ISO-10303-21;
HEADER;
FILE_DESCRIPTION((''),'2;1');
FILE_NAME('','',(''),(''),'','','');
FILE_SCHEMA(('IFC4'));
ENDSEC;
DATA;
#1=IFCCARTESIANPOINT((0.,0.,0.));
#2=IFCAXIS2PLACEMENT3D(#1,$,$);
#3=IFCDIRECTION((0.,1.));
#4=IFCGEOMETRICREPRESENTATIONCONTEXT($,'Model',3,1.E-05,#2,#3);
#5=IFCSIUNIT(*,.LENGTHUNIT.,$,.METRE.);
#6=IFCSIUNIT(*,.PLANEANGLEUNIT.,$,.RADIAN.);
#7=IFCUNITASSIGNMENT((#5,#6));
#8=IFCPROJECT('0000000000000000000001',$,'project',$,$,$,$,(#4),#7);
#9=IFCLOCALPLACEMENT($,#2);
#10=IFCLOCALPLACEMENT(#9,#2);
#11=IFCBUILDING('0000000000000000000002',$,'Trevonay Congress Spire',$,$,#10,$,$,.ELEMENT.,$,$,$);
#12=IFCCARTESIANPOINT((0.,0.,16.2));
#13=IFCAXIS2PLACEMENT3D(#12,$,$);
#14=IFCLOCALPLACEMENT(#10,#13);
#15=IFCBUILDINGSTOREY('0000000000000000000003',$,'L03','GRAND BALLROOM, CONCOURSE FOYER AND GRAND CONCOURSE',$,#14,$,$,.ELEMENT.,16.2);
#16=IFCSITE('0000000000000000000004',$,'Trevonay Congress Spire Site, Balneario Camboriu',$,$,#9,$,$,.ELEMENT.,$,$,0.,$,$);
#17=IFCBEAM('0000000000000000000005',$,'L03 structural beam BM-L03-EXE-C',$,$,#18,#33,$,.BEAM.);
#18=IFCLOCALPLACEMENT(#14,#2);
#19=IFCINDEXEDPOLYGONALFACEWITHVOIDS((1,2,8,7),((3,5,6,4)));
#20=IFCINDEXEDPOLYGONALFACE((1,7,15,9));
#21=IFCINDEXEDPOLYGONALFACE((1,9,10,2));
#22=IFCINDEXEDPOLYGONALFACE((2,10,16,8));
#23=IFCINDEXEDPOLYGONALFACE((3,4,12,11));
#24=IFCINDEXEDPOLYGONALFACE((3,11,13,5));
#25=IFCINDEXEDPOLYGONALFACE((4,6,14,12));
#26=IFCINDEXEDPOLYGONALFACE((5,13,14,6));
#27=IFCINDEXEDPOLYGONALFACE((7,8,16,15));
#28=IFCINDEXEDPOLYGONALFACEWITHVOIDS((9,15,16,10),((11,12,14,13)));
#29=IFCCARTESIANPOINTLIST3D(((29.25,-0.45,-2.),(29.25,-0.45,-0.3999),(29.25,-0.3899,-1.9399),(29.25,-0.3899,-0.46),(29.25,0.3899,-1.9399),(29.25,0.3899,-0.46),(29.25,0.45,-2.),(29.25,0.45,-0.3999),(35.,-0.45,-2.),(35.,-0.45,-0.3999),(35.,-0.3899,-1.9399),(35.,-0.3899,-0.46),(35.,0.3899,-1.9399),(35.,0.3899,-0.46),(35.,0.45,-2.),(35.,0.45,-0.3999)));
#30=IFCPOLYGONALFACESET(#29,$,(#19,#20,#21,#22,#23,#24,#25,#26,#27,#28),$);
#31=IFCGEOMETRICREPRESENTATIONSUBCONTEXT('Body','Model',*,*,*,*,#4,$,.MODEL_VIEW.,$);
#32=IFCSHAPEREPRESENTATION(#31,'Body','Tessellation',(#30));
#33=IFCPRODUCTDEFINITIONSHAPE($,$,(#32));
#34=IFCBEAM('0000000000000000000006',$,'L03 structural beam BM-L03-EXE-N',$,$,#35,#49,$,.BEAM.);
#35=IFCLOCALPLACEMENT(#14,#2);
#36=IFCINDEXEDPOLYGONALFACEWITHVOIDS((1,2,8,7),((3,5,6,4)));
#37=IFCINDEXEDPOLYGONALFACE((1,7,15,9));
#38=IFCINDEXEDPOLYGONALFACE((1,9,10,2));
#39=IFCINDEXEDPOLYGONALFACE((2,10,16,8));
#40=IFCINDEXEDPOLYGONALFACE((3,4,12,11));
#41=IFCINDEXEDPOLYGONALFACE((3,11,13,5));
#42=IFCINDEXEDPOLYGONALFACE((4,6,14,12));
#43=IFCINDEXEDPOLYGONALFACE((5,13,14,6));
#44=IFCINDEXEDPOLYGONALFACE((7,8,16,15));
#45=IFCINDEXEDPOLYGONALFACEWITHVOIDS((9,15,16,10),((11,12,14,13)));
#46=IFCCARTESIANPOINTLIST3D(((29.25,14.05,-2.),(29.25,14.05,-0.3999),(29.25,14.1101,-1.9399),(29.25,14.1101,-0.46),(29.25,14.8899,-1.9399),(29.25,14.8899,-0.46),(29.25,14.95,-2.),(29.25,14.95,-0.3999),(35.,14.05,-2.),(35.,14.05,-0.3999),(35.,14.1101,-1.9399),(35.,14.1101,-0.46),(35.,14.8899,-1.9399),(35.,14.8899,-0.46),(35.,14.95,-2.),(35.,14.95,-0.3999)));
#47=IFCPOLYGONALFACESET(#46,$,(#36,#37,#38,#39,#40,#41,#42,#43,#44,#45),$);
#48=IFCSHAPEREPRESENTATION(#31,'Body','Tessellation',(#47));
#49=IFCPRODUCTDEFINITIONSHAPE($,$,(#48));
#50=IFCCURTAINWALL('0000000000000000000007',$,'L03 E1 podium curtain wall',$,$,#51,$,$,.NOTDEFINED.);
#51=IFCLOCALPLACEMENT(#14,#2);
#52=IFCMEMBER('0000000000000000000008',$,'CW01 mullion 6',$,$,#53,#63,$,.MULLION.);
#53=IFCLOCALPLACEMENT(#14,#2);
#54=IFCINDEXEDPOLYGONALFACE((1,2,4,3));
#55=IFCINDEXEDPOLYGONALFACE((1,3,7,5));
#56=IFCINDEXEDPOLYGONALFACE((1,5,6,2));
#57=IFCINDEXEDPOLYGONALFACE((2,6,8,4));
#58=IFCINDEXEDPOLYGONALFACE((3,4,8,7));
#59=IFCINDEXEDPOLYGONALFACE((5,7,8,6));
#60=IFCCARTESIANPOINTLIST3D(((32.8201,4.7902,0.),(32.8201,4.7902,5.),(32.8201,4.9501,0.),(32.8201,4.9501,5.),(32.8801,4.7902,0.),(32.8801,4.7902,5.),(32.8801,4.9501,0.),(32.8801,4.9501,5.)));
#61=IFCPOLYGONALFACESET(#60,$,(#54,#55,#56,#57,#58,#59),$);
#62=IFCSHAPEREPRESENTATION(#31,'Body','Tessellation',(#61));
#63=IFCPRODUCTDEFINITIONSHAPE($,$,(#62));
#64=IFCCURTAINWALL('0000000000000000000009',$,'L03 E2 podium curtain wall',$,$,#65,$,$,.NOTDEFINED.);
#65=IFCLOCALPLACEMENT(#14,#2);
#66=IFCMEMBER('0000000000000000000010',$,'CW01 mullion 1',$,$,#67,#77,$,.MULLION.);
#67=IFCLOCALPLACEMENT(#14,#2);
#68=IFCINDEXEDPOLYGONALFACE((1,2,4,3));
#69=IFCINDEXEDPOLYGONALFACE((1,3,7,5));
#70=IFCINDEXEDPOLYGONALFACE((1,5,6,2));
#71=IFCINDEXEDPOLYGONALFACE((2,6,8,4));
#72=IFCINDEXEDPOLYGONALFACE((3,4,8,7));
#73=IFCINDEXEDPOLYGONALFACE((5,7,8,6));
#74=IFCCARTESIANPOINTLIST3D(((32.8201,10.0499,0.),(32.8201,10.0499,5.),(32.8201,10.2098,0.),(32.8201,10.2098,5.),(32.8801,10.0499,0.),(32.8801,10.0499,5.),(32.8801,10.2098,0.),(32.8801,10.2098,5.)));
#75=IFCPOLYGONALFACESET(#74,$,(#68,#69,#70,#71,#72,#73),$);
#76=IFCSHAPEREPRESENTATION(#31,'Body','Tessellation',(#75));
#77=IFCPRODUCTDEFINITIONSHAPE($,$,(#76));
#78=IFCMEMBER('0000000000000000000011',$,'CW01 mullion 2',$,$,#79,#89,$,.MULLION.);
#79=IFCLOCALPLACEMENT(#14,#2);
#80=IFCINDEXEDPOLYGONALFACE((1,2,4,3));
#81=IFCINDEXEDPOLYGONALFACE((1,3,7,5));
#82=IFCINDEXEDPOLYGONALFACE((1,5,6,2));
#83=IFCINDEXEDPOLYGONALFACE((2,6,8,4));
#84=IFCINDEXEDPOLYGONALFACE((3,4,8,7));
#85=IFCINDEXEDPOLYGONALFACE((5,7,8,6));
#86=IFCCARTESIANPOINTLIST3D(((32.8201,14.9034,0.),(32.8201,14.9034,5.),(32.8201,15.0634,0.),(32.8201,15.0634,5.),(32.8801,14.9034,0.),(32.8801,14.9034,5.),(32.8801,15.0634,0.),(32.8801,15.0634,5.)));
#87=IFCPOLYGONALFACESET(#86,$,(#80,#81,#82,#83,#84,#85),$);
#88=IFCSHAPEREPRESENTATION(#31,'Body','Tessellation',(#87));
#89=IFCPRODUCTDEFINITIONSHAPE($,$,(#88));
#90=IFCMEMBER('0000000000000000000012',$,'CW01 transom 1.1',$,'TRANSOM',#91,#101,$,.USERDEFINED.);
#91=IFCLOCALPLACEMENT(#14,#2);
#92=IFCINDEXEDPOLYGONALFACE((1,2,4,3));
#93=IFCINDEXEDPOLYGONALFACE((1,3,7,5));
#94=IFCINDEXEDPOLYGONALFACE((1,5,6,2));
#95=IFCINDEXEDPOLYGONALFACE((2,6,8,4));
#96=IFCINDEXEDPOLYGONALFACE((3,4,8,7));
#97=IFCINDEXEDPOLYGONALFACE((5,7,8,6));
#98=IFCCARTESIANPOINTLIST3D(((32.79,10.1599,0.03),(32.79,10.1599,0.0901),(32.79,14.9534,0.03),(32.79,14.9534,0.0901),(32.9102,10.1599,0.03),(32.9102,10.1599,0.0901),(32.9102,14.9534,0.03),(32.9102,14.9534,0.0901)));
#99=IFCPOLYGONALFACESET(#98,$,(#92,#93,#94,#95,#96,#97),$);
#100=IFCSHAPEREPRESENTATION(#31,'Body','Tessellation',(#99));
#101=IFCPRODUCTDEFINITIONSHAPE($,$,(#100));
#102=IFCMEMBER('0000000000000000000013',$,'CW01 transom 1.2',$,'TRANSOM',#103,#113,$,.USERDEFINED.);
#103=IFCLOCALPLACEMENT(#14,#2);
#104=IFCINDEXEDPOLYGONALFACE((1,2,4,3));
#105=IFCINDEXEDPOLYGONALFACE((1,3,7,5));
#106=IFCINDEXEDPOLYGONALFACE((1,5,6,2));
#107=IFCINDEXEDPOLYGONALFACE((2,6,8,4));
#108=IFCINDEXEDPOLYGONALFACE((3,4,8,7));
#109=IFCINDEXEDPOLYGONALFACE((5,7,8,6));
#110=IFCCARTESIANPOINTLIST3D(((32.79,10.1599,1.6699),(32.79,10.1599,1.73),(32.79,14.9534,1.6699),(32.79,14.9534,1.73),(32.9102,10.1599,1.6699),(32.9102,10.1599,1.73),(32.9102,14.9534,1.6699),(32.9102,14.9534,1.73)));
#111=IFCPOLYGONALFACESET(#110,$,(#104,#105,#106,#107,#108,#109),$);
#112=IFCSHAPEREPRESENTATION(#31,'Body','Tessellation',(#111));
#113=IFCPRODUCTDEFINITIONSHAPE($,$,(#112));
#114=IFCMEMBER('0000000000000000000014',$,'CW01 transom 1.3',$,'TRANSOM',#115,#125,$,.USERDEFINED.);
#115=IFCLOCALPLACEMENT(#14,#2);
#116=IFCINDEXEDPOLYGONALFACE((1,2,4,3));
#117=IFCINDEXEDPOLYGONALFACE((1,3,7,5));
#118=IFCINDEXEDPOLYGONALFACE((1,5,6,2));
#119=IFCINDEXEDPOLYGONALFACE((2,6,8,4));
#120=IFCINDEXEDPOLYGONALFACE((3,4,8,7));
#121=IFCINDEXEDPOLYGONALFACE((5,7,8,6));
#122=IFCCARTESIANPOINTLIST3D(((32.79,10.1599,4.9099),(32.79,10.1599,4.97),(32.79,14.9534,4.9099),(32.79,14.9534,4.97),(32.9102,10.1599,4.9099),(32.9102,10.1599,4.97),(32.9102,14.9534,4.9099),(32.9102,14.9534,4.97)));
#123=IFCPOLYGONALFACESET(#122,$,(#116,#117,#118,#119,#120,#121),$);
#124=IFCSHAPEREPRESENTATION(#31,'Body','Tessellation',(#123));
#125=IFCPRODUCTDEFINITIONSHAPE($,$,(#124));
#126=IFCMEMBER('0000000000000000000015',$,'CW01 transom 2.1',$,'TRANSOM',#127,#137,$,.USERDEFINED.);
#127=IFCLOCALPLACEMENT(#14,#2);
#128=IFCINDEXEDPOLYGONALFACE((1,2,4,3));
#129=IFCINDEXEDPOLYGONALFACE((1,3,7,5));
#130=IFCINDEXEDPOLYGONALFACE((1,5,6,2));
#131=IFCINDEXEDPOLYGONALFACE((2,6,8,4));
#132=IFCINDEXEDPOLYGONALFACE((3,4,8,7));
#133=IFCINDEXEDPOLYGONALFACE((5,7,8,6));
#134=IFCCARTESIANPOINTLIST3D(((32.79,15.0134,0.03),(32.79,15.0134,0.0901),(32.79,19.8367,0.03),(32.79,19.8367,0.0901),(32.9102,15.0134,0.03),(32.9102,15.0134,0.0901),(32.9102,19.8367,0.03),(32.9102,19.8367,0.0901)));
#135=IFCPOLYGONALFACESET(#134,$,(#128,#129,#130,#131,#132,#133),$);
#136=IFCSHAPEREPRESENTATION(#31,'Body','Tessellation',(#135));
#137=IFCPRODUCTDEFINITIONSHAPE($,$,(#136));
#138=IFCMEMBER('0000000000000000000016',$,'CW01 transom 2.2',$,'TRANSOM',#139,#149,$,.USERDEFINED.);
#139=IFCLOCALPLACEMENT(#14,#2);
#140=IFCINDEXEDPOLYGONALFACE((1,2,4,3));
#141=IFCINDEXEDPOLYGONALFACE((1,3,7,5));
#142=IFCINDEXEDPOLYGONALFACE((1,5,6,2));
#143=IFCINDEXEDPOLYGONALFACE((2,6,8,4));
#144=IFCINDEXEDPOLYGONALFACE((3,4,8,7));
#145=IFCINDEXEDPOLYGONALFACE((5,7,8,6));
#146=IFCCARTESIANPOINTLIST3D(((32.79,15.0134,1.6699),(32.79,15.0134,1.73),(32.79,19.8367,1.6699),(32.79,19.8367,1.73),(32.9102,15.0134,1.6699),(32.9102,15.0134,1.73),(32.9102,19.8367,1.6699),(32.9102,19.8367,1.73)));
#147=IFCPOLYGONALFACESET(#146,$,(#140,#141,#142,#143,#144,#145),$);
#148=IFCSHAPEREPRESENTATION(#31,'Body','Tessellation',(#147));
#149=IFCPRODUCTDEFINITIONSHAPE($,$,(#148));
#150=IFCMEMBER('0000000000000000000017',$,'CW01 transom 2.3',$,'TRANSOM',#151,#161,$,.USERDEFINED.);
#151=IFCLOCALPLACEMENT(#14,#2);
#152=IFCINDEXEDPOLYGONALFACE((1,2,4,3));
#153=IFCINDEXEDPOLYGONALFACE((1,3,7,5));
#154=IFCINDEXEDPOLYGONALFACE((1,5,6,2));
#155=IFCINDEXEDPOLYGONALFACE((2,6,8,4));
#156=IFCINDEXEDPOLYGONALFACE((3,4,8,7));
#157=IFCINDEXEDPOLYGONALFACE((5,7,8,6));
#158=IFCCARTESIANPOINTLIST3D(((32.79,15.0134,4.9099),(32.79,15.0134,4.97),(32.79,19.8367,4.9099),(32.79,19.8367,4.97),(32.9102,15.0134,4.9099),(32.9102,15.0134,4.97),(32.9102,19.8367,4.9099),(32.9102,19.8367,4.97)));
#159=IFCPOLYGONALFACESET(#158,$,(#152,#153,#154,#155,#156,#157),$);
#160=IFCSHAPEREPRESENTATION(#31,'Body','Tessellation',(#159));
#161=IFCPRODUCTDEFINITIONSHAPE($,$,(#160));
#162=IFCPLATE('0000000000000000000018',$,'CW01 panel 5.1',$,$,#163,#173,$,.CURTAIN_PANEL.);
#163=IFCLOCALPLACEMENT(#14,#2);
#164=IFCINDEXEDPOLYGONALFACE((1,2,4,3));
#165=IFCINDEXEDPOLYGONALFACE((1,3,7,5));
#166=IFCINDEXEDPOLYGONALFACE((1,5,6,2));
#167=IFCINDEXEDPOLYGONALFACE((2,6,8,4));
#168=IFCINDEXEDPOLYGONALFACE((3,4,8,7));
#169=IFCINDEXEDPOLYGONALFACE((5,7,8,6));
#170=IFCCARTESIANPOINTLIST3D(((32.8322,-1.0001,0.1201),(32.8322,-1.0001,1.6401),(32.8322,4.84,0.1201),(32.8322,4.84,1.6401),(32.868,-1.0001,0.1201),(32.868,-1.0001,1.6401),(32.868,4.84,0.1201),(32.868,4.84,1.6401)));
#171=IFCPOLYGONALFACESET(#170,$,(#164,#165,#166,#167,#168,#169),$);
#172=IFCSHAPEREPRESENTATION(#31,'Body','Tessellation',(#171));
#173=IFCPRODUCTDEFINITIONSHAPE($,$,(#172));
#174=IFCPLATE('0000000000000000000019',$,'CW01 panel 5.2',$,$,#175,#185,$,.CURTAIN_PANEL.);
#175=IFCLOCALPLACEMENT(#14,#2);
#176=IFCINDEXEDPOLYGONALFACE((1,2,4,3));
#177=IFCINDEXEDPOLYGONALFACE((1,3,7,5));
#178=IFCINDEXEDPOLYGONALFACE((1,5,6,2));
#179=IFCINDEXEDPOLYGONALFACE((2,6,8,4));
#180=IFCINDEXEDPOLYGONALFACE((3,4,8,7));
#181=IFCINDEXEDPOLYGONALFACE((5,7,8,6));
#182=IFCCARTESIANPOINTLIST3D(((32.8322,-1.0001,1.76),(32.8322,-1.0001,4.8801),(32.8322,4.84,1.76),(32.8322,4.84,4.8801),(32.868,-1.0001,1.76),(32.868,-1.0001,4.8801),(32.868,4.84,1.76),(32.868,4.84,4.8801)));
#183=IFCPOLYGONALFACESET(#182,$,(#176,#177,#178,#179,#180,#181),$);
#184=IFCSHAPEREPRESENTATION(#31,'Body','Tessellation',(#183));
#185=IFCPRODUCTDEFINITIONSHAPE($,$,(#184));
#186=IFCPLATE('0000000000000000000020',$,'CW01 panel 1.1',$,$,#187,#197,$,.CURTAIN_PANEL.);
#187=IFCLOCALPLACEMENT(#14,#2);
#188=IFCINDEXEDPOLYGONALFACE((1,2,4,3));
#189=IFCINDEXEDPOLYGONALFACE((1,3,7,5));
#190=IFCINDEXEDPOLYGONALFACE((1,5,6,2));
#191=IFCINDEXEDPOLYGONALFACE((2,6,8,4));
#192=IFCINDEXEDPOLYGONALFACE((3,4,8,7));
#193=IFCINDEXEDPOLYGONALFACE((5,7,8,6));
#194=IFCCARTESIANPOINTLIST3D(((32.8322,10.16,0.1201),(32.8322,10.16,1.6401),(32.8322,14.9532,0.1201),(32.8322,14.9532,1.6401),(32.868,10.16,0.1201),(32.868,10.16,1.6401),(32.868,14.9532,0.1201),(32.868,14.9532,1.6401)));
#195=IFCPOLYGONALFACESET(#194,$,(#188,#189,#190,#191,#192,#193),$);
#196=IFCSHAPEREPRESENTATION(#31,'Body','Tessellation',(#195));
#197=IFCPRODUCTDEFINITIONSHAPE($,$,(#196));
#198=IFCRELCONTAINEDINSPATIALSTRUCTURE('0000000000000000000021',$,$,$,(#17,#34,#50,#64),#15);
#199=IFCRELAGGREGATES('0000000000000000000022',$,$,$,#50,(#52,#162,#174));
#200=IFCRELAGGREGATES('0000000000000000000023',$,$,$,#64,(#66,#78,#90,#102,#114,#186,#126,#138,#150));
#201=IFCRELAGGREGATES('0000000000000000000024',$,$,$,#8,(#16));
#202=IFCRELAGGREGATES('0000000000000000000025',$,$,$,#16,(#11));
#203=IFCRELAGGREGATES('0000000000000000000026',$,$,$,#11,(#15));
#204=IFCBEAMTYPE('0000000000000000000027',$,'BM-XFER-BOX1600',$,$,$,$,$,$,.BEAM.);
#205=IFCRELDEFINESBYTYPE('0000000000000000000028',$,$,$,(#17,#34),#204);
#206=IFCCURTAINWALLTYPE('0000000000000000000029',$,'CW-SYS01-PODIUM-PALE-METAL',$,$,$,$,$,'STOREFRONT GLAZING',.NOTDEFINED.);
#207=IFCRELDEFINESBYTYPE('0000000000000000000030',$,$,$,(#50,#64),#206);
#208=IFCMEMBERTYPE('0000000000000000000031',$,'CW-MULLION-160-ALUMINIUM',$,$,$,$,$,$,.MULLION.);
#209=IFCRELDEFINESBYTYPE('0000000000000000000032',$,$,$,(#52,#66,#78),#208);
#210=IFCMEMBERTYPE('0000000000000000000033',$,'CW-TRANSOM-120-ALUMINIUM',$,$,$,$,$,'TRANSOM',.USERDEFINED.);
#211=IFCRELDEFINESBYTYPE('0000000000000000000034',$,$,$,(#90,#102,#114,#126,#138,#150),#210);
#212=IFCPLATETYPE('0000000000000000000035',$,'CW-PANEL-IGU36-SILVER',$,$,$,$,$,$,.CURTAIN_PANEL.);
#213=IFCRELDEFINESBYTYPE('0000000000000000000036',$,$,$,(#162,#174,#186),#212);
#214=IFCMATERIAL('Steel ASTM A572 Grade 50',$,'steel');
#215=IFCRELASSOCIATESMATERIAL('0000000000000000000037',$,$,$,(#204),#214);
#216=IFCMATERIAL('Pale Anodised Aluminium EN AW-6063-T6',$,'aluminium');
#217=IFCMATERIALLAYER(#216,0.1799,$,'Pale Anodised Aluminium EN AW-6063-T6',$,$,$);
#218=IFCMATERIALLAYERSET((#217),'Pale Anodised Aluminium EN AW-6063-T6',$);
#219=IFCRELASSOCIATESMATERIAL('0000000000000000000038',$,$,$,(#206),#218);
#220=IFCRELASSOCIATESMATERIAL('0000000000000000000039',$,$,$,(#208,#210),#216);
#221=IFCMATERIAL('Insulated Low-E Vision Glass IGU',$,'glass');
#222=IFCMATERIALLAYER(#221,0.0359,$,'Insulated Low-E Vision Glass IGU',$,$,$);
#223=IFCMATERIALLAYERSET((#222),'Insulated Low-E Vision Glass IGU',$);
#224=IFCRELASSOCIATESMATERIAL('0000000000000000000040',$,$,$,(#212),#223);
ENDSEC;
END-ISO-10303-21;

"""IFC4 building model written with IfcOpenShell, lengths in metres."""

from ifc_helpers import new_model, si_unit, direction, frame, origin, origin_2d, place, context, subcontext, project, spatial, rectangle, hollow_rectangle, extrude, material, layer, layer_set, material_profile, profile_set, type_object, element, aggregate, save


model = new_model("IFC4")

# Units and contexts
model_context = context("Model", 3, precision=1e-05, world=origin(), true_north=direction((0.0, 1.0)))
body_context = subcontext(model_context, "Body", "Model", "MODEL_VIEW")
ifc_project = project(units=[si_unit("LENGTHUNIT", "METRE"), si_unit("PLANEANGLEUNIT", "RADIAN")], contexts=[model_context])

# Site, building, storey
site_placement = place(None, origin())
site = spatial("IfcSite", under=ifc_project, at=site_placement, Name="Trevonay Congress Spire Site, Balneario Camboriu", CompositionType="ELEMENT", RefElevation=0.0)
building_placement = place(site_placement, origin())
building = spatial("IfcBuilding", under=site, at=building_placement, Name="Trevonay Congress Spire", CompositionType="ELEMENT")
storey_placement = place(building_placement, frame((0.0, 0.0, 16.2)))
storey = spatial("IfcBuildingStorey", under=building, at=storey_placement, Name="L03", Description="GRAND BALLROOM, CONCOURSE FOYER AND GRAND CONCOURSE", CompositionType="ELEMENT", Elevation=16.2)

# Shared definitions
ifc_material_1 = material(Name="Steel ASTM A572 Grade 50", Category="steel")

# Beams
ifc_material_profile_1 = material_profile(ifc_material_1, hollow_rectangle(XDim=0.8999, YDim=1.6001, WallThickness=0.0601, at=origin_2d()), Name="BOX 1600x900x60")
ifc_profile_set_1 = profile_set([ifc_material_profile_1], Name="Steel ASTM A572 Grade 50")
beam_type_1 = type_object("IfcBeamType", Name="BM-XFER-BOX1600", PredefinedType="BEAM", material=ifc_profile_set_1)
for number, where, z_axis, x_axis, name in (
    (1, (29.25, 0.0, -1.2), (1.0, 0.0, 0.0), (0.0, 1.0, 0.0), "L03 structural beam BM-L03-EXE-C"),
    (2, (29.25, 14.5, -1.2), (1.0, 0.0, 0.0), (0.0, 1.0, 0.0), "L03 structural beam BM-L03-EXE-N"),
):
    element("IfcBeam", number, at=place(storey_placement, frame(where, z_axis=z_axis, x_axis=x_axis)), inside=storey, type_object=beam_type_1, Name=name, PredefinedType="BEAM", context=body_context, shape_type="SweptSolid", body=[
        extrude(hollow_rectangle(XDim=0.8999, YDim=1.6001, WallThickness=0.0601, at=origin_2d()), origin(), (0.0, 0.0, 1.0), 5.75),
    ])

# Curtain wall, member
ifc_material_2 = material(Name="Pale Anodised Aluminium EN AW-6063-T6", Category="aluminium")
ifc_layer_1 = layer(ifc_material_2, 0.1799, Name="Pale Anodised Aluminium EN AW-6063-T6")
ifc_layer_set_1 = layer_set([ifc_layer_1], Name="Pale Anodised Aluminium EN AW-6063-T6")
curtain_wall_type = type_object("IfcCurtainWallType", Name="CW-SYS01-PODIUM-PALE-METAL", ElementType="STOREFRONT GLAZING", PredefinedType="NOTDEFINED", material=ifc_layer_set_1)
curtain_wall_1_placement = place(storey_placement, origin())
curtain_wall_1 = element("IfcCurtainWall", 3, at=curtain_wall_1_placement, inside=storey, type_object=curtain_wall_type, Name="L03 E1 podium curtain wall", PredefinedType="NOTDEFINED")
ifc_material_profile_2 = material_profile(ifc_material_2, rectangle(XDim=0.0601, YDim=0.1599, at=origin_2d()), Name="CW-MULLION-160-ALUMINIUM")
ifc_profile_set_2 = profile_set([ifc_material_profile_2], Name="Pale Anodised Aluminium EN AW-6063-T6")
member_type_1 = type_object("IfcMemberType", Name="CW-MULLION-160-ALUMINIUM", PredefinedType="MULLION", material=ifc_profile_set_2)
member_1_placement = place(storey_placement, frame((32.8501, 4.8701, 0.0), z_axis=(0.0, 0.0, 1.0), x_axis=(-1.0, 0.0, 0.0)))
member_1 = element("IfcMember", 4, at=member_1_placement, type_object=member_type_1, Name="CW01 mullion 6", PredefinedType="MULLION", context=body_context, shape_type="SweptSolid", body=[
    extrude(rectangle(XDim=0.0601, YDim=0.1599, at=origin_2d()), origin(), (0.0, 0.0, 1.0), 5.0),
])

# Curtain wall, members
curtain_wall_2_placement = place(storey_placement, origin())
curtain_wall_2 = element("IfcCurtainWall", 5, at=curtain_wall_2_placement, inside=storey, type_object=curtain_wall_type, Name="L03 E2 podium curtain wall", PredefinedType="NOTDEFINED")
member_2_placement = place(storey_placement, frame((32.8501, 10.1299, 0.0), z_axis=(0.0, 0.0, 1.0), x_axis=(-1.0, 0.0, 0.0)))
member_2 = element("IfcMember", 6, at=member_2_placement, type_object=member_type_1, Name="CW01 mullion 1", PredefinedType="MULLION", context=body_context, shape_type="SweptSolid", body=[
    extrude(rectangle(XDim=0.0601, YDim=0.1599, at=origin_2d()), origin(), (0.0, 0.0, 1.0), 5.0),
])
member_3_placement = place(storey_placement, frame((32.8501, 14.9834, 0.0), z_axis=(0.0, 0.0, 1.0), x_axis=(-1.0, 0.0, 0.0)))
member_3 = element("IfcMember", 7, at=member_3_placement, type_object=member_type_1, Name="CW01 mullion 2", PredefinedType="MULLION", context=body_context, shape_type="SweptSolid", body=[
    extrude(rectangle(XDim=0.0601, YDim=0.1599, at=origin_2d()), origin(), (0.0, 0.0, 1.0), 5.0),
])
ifc_material_profile_3 = material_profile(ifc_material_2, rectangle(XDim=0.1201, YDim=0.0601, at=origin_2d()), Name="CW-TRANSOM-120-ALUMINIUM")
ifc_profile_set_3 = profile_set([ifc_material_profile_3], Name="Pale Anodised Aluminium EN AW-6063-T6")
member_type_2 = type_object("IfcMemberType", Name="CW-TRANSOM-120-ALUMINIUM", ElementType="TRANSOM", PredefinedType="USERDEFINED", material=ifc_profile_set_3)
member_4_placement = place(storey_placement, frame((32.8501, 10.1599, 0.0601), z_axis=(0.0, 1.0, 0.0), x_axis=(-1.0, 0.0, 0.0)))
member_4 = element("IfcMember", 8, at=member_4_placement, type_object=member_type_2, Name="CW01 transom 1.1", ObjectType="TRANSOM", PredefinedType="USERDEFINED", context=body_context, shape_type="SweptSolid", body=[
    extrude(rectangle(XDim=0.1201, YDim=0.0601, at=origin_2d()), origin(), (0.0, 0.0, 1.0), 4.7935),
])
member_5_placement = place(storey_placement, frame((32.8501, 10.1599, 1.7), z_axis=(0.0, 1.0, 0.0), x_axis=(-1.0, 0.0, 0.0)))
member_5 = element("IfcMember", 9, at=member_5_placement, type_object=member_type_2, Name="CW01 transom 1.2", ObjectType="TRANSOM", PredefinedType="USERDEFINED", context=body_context, shape_type="SweptSolid", body=[
    extrude(rectangle(XDim=0.1201, YDim=0.0601, at=origin_2d()), origin(), (0.0, 0.0, 1.0), 4.7935),
])
member_6_placement = place(storey_placement, frame((32.8501, 10.1599, 4.9399), z_axis=(0.0, 1.0, 0.0), x_axis=(-1.0, 0.0, 0.0)))
member_6 = element("IfcMember", 10, at=member_6_placement, type_object=member_type_2, Name="CW01 transom 1.3", ObjectType="TRANSOM", PredefinedType="USERDEFINED", context=body_context, shape_type="SweptSolid", body=[
    extrude(rectangle(XDim=0.1201, YDim=0.0601, at=origin_2d()), origin(), (0.0, 0.0, 1.0), 4.7935),
])
member_7_placement = place(storey_placement, frame((32.8501, 15.0134, 0.0601), z_axis=(0.0, 1.0, 0.0), x_axis=(-1.0, 0.0, 0.0)))
member_7 = element("IfcMember", 11, at=member_7_placement, type_object=member_type_2, Name="CW01 transom 2.1", ObjectType="TRANSOM", PredefinedType="USERDEFINED", context=body_context, shape_type="SweptSolid", body=[
    extrude(rectangle(XDim=0.1201, YDim=0.0601, at=origin_2d()), origin(), (0.0, 0.0, 1.0), 4.8232),
])
member_8_placement = place(storey_placement, frame((32.8501, 15.0134, 1.7), z_axis=(0.0, 1.0, 0.0), x_axis=(-1.0, 0.0, 0.0)))
member_8 = element("IfcMember", 12, at=member_8_placement, type_object=member_type_2, Name="CW01 transom 2.2", ObjectType="TRANSOM", PredefinedType="USERDEFINED", context=body_context, shape_type="SweptSolid", body=[
    extrude(rectangle(XDim=0.1201, YDim=0.0601, at=origin_2d()), origin(), (0.0, 0.0, 1.0), 4.8232),
])
member_9_placement = place(storey_placement, frame((32.8501, 15.0134, 4.9399), z_axis=(0.0, 1.0, 0.0), x_axis=(-1.0, 0.0, 0.0)))
member_9 = element("IfcMember", 13, at=member_9_placement, type_object=member_type_2, Name="CW01 transom 2.3", ObjectType="TRANSOM", PredefinedType="USERDEFINED", context=body_context, shape_type="SweptSolid", body=[
    extrude(rectangle(XDim=0.1201, YDim=0.0601, at=origin_2d()), origin(), (0.0, 0.0, 1.0), 4.8232),
])

# Plates
ifc_material_3 = material(Name="Insulated Low-E Vision Glass IGU", Category="glass")
ifc_layer_2 = layer(ifc_material_3, 0.0359, Name="Insulated Low-E Vision Glass IGU")
ifc_layer_set_2 = layer_set([ifc_layer_2], Name="Insulated Low-E Vision Glass IGU")
plate_type = type_object("IfcPlateType", Name="CW-PANEL-IGU36-SILVER", PredefinedType="CURTAIN_PANEL", material=ifc_layer_set_2)
plate_1_placement = place(storey_placement, frame((32.8501, 1.9199, 0.1201), z_axis=(0.0, 0.0, 1.0), x_axis=(0.0, 1.0, 0.0)))
plate_1 = element("IfcPlate", 14, at=plate_1_placement, type_object=plate_type, Name="CW01 panel 5.1", PredefinedType="CURTAIN_PANEL", context=body_context, shape_type="SweptSolid", body=[
    extrude(rectangle(XDim=5.8401, YDim=0.0359, at=origin_2d()), origin(), (0.0, 0.0, 1.0), 1.52),
])
plate_2_placement = place(storey_placement, frame((32.8501, 1.9199, 1.76), z_axis=(0.0, 0.0, 1.0), x_axis=(0.0, 1.0, 0.0)))
plate_2 = element("IfcPlate", 15, at=plate_2_placement, type_object=plate_type, Name="CW01 panel 5.2", PredefinedType="CURTAIN_PANEL", context=body_context, shape_type="SweptSolid", body=[
    extrude(rectangle(XDim=5.8401, YDim=0.0359, at=origin_2d()), origin(), (0.0, 0.0, 1.0), 3.1201),
])
aggregate(curtain_wall_1, [member_1, plate_1, plate_2])
plate_3_placement = place(storey_placement, frame((32.8501, 12.5566, 0.1201), z_axis=(0.0, 0.0, 1.0), x_axis=(0.0, 1.0, 0.0)))
plate_3 = element("IfcPlate", 16, at=plate_3_placement, type_object=plate_type, Name="CW01 panel 1.1", PredefinedType="CURTAIN_PANEL", context=body_context, shape_type="SweptSolid", body=[
    extrude(rectangle(XDim=4.7932, YDim=0.0359, at=origin_2d()), origin(), (0.0, 0.0, 1.0), 1.52),
])
aggregate(curtain_wall_2, [member_2, member_3, member_4, member_5, member_6, plate_3, member_7, member_8, member_9])

save(model, "model.ifc")
